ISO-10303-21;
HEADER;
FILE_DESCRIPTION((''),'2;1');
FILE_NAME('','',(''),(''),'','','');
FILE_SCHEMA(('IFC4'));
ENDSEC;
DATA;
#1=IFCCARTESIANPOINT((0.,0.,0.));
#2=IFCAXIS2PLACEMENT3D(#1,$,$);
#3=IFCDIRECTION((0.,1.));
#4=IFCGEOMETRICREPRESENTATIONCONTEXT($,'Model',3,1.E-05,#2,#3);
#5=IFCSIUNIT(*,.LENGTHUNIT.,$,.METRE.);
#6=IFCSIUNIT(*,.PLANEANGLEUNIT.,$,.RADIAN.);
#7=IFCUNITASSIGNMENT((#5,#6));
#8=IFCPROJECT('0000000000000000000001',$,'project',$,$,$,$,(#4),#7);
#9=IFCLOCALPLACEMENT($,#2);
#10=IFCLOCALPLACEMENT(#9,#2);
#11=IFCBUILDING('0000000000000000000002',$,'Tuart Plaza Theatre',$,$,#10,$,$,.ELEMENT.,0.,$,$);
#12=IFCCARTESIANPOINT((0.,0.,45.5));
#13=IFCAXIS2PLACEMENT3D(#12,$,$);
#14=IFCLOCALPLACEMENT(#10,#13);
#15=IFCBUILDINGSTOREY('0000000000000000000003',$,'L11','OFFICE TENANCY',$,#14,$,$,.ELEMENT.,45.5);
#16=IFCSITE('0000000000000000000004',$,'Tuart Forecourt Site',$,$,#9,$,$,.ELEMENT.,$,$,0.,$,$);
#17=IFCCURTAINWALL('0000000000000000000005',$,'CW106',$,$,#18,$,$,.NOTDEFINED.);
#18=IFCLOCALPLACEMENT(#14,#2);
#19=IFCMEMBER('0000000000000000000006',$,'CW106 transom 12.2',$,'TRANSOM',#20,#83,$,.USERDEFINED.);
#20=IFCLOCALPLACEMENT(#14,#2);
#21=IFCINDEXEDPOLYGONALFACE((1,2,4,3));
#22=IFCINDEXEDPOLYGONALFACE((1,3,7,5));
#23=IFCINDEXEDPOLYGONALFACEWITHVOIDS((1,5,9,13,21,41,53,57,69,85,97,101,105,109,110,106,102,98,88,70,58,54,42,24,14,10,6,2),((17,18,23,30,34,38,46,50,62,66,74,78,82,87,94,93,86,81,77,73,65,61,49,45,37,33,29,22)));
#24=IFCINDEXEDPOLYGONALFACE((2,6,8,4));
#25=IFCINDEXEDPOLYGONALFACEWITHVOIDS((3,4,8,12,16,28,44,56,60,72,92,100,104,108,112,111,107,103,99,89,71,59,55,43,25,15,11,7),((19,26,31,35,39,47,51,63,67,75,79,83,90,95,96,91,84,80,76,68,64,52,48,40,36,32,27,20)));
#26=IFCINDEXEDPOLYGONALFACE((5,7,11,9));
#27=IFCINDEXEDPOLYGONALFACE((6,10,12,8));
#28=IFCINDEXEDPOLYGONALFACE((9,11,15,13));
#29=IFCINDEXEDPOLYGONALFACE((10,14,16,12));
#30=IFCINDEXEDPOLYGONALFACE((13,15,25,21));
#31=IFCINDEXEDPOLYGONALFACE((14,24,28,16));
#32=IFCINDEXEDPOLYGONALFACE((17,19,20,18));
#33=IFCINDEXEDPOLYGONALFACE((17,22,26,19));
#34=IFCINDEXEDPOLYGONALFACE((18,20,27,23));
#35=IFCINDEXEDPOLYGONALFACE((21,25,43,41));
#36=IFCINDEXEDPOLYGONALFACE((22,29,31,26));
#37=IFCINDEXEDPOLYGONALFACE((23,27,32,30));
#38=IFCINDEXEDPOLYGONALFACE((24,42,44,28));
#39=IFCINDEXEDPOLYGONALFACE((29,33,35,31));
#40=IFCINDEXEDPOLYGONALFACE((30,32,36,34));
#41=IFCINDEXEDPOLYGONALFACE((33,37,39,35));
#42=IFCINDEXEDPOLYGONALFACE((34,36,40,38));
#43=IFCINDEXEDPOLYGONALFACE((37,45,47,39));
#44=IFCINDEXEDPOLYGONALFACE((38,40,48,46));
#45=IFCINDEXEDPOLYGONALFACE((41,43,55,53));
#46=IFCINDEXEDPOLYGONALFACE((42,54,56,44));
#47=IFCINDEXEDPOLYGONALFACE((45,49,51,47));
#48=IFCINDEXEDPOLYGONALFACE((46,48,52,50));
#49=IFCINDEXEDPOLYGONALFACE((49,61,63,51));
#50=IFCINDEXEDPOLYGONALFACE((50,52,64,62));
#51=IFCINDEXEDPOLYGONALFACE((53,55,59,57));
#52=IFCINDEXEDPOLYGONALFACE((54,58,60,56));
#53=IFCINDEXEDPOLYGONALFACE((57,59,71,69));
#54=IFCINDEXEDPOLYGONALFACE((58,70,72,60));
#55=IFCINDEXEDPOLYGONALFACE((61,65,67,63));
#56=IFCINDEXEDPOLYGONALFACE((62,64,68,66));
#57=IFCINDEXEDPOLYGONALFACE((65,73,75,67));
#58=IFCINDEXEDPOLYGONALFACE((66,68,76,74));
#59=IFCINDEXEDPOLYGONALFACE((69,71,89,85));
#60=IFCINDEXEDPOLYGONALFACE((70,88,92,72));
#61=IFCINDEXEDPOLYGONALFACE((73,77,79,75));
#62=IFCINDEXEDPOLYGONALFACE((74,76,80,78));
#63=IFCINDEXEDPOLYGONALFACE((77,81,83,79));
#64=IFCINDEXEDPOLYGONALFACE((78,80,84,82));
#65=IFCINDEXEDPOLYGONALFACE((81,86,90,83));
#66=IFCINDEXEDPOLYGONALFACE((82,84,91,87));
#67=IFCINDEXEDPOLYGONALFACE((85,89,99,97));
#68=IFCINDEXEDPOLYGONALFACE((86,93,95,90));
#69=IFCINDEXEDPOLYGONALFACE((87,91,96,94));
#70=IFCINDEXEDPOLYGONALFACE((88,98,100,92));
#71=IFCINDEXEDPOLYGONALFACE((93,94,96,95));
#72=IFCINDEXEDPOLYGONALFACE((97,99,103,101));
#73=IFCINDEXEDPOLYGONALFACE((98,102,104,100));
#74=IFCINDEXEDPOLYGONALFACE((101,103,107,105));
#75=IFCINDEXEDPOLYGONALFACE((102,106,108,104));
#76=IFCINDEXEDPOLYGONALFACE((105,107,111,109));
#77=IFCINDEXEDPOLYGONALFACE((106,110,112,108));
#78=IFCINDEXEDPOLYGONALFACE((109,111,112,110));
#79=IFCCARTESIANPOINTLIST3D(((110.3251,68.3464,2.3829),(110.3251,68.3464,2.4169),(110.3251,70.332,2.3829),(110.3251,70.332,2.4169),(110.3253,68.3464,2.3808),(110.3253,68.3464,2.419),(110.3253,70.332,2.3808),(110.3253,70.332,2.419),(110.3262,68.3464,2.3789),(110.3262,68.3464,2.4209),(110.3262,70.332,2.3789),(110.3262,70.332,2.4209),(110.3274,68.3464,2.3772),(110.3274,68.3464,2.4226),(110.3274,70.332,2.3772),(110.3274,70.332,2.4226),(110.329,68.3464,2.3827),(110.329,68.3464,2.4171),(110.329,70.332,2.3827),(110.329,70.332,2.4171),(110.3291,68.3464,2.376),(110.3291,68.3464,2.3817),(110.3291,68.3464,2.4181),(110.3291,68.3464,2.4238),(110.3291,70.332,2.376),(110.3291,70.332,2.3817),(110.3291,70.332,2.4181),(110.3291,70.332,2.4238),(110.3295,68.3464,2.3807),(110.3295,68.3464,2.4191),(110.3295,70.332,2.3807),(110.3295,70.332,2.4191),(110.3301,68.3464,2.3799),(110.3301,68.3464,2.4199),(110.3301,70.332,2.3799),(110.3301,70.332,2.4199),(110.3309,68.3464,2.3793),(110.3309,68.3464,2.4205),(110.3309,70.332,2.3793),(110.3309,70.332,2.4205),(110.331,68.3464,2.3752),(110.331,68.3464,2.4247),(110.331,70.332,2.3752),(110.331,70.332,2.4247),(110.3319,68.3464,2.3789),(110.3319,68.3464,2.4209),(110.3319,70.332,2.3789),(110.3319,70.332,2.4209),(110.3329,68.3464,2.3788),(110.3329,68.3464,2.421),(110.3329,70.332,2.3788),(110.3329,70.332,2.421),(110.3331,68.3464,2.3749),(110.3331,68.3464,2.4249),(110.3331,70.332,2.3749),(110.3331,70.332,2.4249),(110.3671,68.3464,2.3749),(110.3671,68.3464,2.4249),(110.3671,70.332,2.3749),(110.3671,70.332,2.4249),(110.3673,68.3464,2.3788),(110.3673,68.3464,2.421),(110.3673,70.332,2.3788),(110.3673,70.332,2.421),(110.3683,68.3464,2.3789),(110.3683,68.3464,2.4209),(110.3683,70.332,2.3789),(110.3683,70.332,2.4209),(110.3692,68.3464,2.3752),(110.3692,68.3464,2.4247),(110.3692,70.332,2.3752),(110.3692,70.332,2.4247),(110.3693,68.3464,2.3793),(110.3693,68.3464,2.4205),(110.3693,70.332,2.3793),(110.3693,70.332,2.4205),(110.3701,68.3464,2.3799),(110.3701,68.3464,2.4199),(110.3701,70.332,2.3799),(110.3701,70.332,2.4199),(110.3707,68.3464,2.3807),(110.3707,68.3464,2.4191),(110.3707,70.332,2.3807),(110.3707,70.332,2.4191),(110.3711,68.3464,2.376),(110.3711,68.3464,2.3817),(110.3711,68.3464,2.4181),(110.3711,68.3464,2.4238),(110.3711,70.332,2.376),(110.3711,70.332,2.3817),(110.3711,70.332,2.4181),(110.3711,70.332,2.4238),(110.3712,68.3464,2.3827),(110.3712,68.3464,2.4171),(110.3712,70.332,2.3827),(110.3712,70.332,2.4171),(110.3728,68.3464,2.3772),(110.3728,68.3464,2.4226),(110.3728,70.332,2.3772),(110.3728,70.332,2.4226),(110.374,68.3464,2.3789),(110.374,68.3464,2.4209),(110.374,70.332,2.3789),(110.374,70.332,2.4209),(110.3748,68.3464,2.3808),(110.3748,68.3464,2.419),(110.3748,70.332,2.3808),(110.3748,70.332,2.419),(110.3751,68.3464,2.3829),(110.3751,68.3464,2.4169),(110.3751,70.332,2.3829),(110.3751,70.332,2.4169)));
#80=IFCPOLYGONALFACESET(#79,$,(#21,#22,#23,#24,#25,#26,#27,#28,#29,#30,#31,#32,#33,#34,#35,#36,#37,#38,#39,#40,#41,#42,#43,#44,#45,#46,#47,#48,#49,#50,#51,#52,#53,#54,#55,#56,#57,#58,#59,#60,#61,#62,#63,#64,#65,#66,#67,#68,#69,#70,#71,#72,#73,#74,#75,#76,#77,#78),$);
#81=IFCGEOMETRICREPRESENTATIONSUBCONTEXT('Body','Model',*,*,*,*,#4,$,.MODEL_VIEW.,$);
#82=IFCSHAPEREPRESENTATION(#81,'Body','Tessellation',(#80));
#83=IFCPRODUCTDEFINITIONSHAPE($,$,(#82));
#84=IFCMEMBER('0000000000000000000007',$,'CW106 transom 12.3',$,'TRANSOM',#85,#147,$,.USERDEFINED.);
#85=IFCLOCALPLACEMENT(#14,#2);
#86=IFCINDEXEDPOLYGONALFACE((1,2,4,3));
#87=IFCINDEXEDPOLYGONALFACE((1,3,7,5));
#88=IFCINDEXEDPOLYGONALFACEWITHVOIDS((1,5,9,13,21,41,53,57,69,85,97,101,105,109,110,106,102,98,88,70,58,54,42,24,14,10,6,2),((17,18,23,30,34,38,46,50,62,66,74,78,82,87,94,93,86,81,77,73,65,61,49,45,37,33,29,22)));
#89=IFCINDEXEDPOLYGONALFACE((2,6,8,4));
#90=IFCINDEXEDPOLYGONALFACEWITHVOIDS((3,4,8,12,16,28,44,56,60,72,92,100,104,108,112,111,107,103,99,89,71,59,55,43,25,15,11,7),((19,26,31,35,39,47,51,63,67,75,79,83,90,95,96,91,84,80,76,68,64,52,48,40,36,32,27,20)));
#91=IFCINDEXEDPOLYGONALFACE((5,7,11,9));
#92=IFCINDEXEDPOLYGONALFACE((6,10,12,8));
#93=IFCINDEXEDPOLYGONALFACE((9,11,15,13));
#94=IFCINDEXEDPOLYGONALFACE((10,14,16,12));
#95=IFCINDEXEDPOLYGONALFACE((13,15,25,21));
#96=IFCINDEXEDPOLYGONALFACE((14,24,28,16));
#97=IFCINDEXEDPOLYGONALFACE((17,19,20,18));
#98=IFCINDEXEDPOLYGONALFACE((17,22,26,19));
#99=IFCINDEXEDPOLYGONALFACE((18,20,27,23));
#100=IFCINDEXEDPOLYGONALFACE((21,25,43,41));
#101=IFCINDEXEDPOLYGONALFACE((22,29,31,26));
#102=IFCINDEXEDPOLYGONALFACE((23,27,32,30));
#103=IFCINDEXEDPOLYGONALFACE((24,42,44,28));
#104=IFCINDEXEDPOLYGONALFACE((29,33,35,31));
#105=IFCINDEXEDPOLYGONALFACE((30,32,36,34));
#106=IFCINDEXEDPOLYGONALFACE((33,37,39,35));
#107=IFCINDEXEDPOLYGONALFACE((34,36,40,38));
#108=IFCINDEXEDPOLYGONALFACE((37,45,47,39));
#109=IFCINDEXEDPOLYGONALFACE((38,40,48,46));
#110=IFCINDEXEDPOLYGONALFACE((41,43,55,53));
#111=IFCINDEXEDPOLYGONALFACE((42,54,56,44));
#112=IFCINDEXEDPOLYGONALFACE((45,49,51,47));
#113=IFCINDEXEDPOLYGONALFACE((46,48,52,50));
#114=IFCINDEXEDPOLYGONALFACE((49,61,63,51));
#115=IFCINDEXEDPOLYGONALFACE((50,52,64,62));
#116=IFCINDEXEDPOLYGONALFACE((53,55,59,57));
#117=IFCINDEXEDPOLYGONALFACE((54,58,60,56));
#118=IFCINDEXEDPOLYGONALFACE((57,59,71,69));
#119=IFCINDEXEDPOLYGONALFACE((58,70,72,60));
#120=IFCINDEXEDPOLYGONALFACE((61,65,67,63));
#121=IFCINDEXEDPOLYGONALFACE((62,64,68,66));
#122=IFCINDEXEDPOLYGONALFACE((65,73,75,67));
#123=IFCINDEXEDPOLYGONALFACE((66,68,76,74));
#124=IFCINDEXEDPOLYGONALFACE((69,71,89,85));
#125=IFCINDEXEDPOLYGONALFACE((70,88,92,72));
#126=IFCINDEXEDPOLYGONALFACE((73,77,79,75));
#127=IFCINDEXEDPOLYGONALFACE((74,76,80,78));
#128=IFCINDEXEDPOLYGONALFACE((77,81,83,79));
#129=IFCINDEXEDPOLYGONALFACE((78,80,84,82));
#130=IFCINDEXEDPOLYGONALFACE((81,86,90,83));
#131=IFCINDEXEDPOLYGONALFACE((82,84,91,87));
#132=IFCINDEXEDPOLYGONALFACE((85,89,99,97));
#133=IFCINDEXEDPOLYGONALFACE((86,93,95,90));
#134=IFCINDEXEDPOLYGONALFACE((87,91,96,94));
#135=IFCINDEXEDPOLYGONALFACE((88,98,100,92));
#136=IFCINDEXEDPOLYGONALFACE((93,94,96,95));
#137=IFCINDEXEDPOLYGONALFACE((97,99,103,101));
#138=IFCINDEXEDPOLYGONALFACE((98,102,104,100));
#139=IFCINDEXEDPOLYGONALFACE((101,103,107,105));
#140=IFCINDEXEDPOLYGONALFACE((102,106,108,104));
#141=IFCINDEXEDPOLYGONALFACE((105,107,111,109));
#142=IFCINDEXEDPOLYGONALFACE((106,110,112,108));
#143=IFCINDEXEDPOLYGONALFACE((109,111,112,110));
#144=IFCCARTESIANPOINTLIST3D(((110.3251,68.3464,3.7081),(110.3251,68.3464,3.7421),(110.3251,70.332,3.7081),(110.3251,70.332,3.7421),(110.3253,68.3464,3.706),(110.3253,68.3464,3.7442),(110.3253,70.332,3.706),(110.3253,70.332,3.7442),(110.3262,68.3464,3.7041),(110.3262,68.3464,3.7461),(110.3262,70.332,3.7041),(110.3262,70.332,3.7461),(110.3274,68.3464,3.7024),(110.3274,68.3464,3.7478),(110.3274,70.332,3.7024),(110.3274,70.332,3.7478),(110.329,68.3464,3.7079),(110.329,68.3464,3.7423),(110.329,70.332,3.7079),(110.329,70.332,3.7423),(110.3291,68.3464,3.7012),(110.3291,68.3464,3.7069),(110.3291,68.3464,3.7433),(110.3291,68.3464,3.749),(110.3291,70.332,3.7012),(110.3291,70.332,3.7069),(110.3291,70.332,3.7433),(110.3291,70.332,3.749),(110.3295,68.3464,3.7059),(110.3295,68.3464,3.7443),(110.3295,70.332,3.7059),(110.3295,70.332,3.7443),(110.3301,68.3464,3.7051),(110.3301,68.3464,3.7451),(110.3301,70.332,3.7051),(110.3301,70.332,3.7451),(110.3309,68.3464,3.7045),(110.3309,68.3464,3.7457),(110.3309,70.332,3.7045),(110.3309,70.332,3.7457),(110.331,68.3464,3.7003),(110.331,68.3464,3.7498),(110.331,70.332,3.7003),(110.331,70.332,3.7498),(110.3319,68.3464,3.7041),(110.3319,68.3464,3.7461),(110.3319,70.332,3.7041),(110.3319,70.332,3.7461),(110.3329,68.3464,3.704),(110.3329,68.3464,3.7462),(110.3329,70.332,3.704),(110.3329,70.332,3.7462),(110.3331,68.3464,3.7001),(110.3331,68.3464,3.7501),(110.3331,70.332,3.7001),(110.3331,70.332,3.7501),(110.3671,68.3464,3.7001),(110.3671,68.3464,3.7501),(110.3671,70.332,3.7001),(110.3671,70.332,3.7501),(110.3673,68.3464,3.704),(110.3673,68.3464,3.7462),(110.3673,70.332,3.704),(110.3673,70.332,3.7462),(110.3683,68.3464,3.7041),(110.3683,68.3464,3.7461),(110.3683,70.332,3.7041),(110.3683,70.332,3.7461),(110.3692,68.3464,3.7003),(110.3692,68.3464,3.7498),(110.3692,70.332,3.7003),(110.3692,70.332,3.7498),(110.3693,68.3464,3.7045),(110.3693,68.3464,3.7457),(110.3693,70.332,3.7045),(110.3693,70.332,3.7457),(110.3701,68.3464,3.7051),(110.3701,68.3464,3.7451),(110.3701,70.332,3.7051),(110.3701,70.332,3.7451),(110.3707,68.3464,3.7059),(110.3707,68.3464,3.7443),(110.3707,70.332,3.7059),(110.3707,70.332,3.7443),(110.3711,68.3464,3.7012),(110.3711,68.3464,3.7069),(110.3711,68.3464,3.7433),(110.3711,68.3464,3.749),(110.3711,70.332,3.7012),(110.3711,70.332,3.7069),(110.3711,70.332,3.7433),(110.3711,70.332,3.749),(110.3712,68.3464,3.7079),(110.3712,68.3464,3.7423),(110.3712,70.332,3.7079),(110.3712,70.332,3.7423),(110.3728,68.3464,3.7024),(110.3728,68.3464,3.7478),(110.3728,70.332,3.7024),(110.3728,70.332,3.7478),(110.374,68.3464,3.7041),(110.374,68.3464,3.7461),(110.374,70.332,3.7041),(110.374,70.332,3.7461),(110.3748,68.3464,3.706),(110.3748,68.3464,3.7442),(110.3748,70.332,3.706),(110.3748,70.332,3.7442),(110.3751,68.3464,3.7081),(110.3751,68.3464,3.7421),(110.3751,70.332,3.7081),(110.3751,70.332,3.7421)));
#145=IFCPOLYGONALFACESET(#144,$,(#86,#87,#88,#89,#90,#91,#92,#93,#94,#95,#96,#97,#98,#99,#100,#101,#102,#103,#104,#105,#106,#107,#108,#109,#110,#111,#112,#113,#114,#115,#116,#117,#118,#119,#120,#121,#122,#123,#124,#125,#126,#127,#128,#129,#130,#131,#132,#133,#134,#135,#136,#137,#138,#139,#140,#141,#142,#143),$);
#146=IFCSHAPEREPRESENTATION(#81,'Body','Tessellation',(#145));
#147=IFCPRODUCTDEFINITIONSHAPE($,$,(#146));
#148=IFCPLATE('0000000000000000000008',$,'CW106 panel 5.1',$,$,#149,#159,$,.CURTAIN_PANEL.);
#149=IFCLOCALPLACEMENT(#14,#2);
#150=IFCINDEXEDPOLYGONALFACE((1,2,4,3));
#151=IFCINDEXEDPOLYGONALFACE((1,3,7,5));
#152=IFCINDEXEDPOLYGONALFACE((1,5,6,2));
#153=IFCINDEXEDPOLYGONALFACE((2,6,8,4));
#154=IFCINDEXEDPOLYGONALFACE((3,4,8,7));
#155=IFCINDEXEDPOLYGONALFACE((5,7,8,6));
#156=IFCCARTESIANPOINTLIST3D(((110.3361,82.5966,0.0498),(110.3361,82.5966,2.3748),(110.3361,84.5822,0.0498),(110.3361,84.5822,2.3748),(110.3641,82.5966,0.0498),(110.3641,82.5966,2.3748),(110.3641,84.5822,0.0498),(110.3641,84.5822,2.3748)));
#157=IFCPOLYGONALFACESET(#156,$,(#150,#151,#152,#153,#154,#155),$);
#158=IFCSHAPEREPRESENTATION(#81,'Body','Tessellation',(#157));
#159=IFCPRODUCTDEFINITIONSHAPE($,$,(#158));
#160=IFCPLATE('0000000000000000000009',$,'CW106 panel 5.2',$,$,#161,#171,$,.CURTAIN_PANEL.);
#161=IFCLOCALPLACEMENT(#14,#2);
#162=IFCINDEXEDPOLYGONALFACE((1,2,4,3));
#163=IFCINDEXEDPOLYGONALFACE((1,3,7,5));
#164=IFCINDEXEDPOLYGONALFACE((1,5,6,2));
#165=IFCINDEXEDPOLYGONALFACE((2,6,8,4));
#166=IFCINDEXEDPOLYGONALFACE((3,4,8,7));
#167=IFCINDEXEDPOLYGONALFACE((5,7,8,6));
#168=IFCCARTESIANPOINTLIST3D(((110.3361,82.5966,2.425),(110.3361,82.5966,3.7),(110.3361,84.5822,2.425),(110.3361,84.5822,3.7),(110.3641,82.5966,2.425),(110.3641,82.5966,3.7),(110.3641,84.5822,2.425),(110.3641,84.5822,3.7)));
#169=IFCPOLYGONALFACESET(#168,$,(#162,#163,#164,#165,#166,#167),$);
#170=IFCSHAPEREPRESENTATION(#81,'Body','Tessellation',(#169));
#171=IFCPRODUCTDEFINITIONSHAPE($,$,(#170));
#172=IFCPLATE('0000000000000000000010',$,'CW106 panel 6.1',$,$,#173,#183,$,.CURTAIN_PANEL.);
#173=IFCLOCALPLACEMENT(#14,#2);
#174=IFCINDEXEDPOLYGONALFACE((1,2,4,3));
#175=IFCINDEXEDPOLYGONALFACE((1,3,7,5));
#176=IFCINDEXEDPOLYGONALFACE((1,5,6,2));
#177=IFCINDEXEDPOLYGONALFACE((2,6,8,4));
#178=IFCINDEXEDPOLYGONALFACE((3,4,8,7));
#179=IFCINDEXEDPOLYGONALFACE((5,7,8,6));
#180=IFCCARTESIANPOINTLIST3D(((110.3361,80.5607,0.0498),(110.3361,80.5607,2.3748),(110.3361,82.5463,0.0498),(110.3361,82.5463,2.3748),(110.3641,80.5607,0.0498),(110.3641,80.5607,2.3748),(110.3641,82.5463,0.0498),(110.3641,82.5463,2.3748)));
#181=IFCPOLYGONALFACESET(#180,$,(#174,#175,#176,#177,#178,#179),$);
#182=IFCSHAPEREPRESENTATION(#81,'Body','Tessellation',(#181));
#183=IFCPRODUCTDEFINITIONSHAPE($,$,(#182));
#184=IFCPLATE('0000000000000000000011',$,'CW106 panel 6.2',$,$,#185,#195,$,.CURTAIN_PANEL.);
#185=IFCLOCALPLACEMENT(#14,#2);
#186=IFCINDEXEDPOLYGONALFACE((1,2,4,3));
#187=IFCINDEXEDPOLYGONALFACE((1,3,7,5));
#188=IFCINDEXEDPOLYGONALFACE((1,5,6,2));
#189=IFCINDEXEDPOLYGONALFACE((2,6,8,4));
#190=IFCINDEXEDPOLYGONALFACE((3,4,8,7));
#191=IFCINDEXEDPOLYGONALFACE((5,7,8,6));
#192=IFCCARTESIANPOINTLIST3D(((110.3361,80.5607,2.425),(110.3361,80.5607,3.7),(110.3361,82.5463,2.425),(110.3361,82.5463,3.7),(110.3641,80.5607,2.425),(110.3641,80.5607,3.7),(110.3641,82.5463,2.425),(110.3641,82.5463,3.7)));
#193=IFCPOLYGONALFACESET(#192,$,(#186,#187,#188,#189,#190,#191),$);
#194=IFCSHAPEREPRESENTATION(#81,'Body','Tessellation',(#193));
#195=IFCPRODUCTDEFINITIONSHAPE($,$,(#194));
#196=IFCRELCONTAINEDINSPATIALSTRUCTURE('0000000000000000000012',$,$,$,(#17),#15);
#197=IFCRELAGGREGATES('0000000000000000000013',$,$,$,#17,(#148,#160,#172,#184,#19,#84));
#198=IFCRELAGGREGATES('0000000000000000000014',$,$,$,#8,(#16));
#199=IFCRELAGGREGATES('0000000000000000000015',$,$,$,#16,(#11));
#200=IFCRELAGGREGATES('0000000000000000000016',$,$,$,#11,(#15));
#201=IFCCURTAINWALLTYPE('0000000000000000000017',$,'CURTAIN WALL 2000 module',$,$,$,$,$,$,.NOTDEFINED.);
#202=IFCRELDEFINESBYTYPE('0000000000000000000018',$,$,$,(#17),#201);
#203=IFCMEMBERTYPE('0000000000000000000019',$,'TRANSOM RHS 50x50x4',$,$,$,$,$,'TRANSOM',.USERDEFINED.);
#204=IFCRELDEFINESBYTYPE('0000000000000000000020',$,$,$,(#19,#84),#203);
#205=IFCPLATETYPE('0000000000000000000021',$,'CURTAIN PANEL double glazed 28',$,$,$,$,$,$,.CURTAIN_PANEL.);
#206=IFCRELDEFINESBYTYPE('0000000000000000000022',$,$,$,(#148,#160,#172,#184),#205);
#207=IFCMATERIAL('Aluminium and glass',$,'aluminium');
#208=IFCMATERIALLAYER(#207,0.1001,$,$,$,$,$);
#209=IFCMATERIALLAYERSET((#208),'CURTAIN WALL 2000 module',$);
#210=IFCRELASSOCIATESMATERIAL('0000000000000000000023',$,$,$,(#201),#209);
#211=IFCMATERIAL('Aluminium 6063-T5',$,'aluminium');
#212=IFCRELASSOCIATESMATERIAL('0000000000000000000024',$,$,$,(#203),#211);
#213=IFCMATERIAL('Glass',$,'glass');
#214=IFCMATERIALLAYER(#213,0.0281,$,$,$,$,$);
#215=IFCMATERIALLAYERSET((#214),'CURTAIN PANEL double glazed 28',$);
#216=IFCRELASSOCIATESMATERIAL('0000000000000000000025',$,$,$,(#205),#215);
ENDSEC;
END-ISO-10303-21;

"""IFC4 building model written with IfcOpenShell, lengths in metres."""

from ifc_helpers import new_model, si_unit, direction, frame, origin, origin_2d, place, context, subcontext, project, spatial, rectangle, hollow_rectangle, extrude, material, layer, layer_set, material_profile, profile_set, type_object, element, aggregate, save


model = new_model("IFC4")

# Units and contexts
model_context = context("Model", 3, precision=1e-05, world=origin(), true_north=direction((0.0, 1.0)))
body_context = subcontext(model_context, "Body", "Model", "MODEL_VIEW")
ifc_project = project(units=[si_unit("LENGTHUNIT", "METRE"), si_unit("PLANEANGLEUNIT", "RADIAN")], contexts=[model_context])

# Site, building, storey
site_placement = place(None, origin())
site = spatial("IfcSite", under=ifc_project, at=site_placement, Name="Tuart Forecourt Site", CompositionType="ELEMENT", RefElevation=0.0)
building_placement = place(site_placement, origin())
building = spatial("IfcBuilding", under=site, at=building_placement, Name="Tuart Plaza Theatre", CompositionType="ELEMENT", ElevationOfRefHeight=0.0)
storey_placement = place(building_placement, frame((0.0, 0.0, 45.5)))
storey = spatial("IfcBuildingStorey", under=building, at=storey_placement, Name="L11", Description="OFFICE TENANCY", CompositionType="ELEMENT", Elevation=45.5)

# Curtain wall, members, plates
ifc_material_1 = material(Name="Aluminium and glass", Category="aluminium")
ifc_layer_1 = layer(ifc_material_1, 0.1001)
ifc_layer_set_1 = layer_set([ifc_layer_1], Name="CURTAIN WALL 2000 module")
curtain_wall_type = type_object("IfcCurtainWallType", Name="CURTAIN WALL 2000 module", PredefinedType="NOTDEFINED", material=ifc_layer_set_1)
curtain_wall_placement = place(storey_placement, origin())
curtain_wall = element("IfcCurtainWall", 1, at=curtain_wall_placement, inside=storey, type_object=curtain_wall_type, Name="CW106", PredefinedType="NOTDEFINED")
ifc_material_2 = material(Name="Aluminium 6063-T5", Category="aluminium")
ifc_material_profile = material_profile(ifc_material_2, hollow_rectangle(XDim=0.05, YDim=0.05, WallThickness=0.0039, InnerFilletRadius=0.0039, OuterFilletRadius=0.0081, at=origin_2d()), Name="RHS 50x50x4")
ifc_profile_set = profile_set([ifc_material_profile], Name="Aluminium 6063-T5")
member_type = type_object("IfcMemberType", Name="TRANSOM RHS 50x50x4", ElementType="TRANSOM", PredefinedType="USERDEFINED", material=ifc_profile_set)
member_1_placement = place(storey_placement, frame((110.3501, 70.332, 2.3999), z_axis=(0.0, -1.0, 0.0), x_axis=(1.0, 0.0, 0.0)))
member_1 = element("IfcMember", 2, at=member_1_placement, type_object=member_type, Name="CW106 transom 12.2", ObjectType="TRANSOM", PredefinedType="USERDEFINED", context=body_context, shape_type="SweptSolid", body=[
    extrude(hollow_rectangle(XDim=0.05, YDim=0.05, WallThickness=0.0039, InnerFilletRadius=0.0039, OuterFilletRadius=0.0081, at=origin_2d()), origin(), (0.0, 0.0, 1.0), 1.9856),
])
member_2_placement = place(storey_placement, frame((110.3501, 70.332, 3.7251), z_axis=(0.0, -1.0, 0.0), x_axis=(1.0, 0.0, 0.0)))
member_2 = element("IfcMember", 3, at=member_2_placement, type_object=member_type, Name="CW106 transom 12.3", ObjectType="TRANSOM", PredefinedType="USERDEFINED", context=body_context, shape_type="SweptSolid", body=[
    extrude(hollow_rectangle(XDim=0.05, YDim=0.05, WallThickness=0.0039, InnerFilletRadius=0.0039, OuterFilletRadius=0.0081, at=origin_2d()), origin(), (0.0, 0.0, 1.0), 1.9856),
])
ifc_material_3 = material(Name="Glass", Category="glass")
ifc_layer_2 = layer(ifc_material_3, 0.0281)
ifc_layer_set_2 = layer_set([ifc_layer_2], Name="CURTAIN PANEL double glazed 28")
plate_type = type_object("IfcPlateType", Name="CURTAIN PANEL double glazed 28", PredefinedType="CURTAIN_PANEL", material=ifc_layer_set_2)
plate_1_placement = place(storey_placement, frame((110.3501, 83.5894, 0.0498), z_axis=(0.0, 0.0, 1.0), x_axis=(0.0, -1.0, 0.0)))
plate_1 = element("IfcPlate", 4, at=plate_1_placement, type_object=plate_type, Name="CW106 panel 5.1", PredefinedType="CURTAIN_PANEL", context=body_context, shape_type="SweptSolid", body=[
    extrude(rectangle(XDim=1.9856, YDim=0.0281, at=origin_2d()), origin(), (0.0, 0.0, 1.0), 2.325),
])
plate_2_placement = place(storey_placement, frame((110.3501, 83.5894, 2.425), z_axis=(0.0, 0.0, 1.0), x_axis=(0.0, -1.0, 0.0)))
plate_2 = element("IfcPlate", 5, at=plate_2_placement, type_object=plate_type, Name="CW106 panel 5.2", PredefinedType="CURTAIN_PANEL", context=body_context, shape_type="SweptSolid", body=[
    extrude(rectangle(XDim=1.9856, YDim=0.0281, at=origin_2d()), origin(), (0.0, 0.0, 1.0), 1.2749),
])
plate_3_placement = place(storey_placement, frame((110.3501, 81.5535, 0.0498), z_axis=(0.0, 0.0, 1.0), x_axis=(0.0, -1.0, 0.0)))
plate_3 = element("IfcPlate", 6, at=plate_3_placement, type_object=plate_type, Name="CW106 panel 6.1", PredefinedType="CURTAIN_PANEL", context=body_context, shape_type="SweptSolid", body=[
    extrude(rectangle(XDim=1.9856, YDim=0.0281, at=origin_2d()), origin(), (0.0, 0.0, 1.0), 2.325),
])
plate_4_placement = place(storey_placement, frame((110.3501, 81.5535, 2.425), z_axis=(0.0, 0.0, 1.0), x_axis=(0.0, -1.0, 0.0)))
plate_4 = element("IfcPlate", 7, at=plate_4_placement, type_object=plate_type, Name="CW106 panel 6.2", PredefinedType="CURTAIN_PANEL", context=body_context, shape_type="SweptSolid", body=[
    extrude(rectangle(XDim=1.9856, YDim=0.0281, at=origin_2d()), origin(), (0.0, 0.0, 1.0), 1.2749),
])
aggregate(curtain_wall, [plate_1, plate_2, plate_3, plate_4, member_1, member_2])

save(model, "model.ifc")
